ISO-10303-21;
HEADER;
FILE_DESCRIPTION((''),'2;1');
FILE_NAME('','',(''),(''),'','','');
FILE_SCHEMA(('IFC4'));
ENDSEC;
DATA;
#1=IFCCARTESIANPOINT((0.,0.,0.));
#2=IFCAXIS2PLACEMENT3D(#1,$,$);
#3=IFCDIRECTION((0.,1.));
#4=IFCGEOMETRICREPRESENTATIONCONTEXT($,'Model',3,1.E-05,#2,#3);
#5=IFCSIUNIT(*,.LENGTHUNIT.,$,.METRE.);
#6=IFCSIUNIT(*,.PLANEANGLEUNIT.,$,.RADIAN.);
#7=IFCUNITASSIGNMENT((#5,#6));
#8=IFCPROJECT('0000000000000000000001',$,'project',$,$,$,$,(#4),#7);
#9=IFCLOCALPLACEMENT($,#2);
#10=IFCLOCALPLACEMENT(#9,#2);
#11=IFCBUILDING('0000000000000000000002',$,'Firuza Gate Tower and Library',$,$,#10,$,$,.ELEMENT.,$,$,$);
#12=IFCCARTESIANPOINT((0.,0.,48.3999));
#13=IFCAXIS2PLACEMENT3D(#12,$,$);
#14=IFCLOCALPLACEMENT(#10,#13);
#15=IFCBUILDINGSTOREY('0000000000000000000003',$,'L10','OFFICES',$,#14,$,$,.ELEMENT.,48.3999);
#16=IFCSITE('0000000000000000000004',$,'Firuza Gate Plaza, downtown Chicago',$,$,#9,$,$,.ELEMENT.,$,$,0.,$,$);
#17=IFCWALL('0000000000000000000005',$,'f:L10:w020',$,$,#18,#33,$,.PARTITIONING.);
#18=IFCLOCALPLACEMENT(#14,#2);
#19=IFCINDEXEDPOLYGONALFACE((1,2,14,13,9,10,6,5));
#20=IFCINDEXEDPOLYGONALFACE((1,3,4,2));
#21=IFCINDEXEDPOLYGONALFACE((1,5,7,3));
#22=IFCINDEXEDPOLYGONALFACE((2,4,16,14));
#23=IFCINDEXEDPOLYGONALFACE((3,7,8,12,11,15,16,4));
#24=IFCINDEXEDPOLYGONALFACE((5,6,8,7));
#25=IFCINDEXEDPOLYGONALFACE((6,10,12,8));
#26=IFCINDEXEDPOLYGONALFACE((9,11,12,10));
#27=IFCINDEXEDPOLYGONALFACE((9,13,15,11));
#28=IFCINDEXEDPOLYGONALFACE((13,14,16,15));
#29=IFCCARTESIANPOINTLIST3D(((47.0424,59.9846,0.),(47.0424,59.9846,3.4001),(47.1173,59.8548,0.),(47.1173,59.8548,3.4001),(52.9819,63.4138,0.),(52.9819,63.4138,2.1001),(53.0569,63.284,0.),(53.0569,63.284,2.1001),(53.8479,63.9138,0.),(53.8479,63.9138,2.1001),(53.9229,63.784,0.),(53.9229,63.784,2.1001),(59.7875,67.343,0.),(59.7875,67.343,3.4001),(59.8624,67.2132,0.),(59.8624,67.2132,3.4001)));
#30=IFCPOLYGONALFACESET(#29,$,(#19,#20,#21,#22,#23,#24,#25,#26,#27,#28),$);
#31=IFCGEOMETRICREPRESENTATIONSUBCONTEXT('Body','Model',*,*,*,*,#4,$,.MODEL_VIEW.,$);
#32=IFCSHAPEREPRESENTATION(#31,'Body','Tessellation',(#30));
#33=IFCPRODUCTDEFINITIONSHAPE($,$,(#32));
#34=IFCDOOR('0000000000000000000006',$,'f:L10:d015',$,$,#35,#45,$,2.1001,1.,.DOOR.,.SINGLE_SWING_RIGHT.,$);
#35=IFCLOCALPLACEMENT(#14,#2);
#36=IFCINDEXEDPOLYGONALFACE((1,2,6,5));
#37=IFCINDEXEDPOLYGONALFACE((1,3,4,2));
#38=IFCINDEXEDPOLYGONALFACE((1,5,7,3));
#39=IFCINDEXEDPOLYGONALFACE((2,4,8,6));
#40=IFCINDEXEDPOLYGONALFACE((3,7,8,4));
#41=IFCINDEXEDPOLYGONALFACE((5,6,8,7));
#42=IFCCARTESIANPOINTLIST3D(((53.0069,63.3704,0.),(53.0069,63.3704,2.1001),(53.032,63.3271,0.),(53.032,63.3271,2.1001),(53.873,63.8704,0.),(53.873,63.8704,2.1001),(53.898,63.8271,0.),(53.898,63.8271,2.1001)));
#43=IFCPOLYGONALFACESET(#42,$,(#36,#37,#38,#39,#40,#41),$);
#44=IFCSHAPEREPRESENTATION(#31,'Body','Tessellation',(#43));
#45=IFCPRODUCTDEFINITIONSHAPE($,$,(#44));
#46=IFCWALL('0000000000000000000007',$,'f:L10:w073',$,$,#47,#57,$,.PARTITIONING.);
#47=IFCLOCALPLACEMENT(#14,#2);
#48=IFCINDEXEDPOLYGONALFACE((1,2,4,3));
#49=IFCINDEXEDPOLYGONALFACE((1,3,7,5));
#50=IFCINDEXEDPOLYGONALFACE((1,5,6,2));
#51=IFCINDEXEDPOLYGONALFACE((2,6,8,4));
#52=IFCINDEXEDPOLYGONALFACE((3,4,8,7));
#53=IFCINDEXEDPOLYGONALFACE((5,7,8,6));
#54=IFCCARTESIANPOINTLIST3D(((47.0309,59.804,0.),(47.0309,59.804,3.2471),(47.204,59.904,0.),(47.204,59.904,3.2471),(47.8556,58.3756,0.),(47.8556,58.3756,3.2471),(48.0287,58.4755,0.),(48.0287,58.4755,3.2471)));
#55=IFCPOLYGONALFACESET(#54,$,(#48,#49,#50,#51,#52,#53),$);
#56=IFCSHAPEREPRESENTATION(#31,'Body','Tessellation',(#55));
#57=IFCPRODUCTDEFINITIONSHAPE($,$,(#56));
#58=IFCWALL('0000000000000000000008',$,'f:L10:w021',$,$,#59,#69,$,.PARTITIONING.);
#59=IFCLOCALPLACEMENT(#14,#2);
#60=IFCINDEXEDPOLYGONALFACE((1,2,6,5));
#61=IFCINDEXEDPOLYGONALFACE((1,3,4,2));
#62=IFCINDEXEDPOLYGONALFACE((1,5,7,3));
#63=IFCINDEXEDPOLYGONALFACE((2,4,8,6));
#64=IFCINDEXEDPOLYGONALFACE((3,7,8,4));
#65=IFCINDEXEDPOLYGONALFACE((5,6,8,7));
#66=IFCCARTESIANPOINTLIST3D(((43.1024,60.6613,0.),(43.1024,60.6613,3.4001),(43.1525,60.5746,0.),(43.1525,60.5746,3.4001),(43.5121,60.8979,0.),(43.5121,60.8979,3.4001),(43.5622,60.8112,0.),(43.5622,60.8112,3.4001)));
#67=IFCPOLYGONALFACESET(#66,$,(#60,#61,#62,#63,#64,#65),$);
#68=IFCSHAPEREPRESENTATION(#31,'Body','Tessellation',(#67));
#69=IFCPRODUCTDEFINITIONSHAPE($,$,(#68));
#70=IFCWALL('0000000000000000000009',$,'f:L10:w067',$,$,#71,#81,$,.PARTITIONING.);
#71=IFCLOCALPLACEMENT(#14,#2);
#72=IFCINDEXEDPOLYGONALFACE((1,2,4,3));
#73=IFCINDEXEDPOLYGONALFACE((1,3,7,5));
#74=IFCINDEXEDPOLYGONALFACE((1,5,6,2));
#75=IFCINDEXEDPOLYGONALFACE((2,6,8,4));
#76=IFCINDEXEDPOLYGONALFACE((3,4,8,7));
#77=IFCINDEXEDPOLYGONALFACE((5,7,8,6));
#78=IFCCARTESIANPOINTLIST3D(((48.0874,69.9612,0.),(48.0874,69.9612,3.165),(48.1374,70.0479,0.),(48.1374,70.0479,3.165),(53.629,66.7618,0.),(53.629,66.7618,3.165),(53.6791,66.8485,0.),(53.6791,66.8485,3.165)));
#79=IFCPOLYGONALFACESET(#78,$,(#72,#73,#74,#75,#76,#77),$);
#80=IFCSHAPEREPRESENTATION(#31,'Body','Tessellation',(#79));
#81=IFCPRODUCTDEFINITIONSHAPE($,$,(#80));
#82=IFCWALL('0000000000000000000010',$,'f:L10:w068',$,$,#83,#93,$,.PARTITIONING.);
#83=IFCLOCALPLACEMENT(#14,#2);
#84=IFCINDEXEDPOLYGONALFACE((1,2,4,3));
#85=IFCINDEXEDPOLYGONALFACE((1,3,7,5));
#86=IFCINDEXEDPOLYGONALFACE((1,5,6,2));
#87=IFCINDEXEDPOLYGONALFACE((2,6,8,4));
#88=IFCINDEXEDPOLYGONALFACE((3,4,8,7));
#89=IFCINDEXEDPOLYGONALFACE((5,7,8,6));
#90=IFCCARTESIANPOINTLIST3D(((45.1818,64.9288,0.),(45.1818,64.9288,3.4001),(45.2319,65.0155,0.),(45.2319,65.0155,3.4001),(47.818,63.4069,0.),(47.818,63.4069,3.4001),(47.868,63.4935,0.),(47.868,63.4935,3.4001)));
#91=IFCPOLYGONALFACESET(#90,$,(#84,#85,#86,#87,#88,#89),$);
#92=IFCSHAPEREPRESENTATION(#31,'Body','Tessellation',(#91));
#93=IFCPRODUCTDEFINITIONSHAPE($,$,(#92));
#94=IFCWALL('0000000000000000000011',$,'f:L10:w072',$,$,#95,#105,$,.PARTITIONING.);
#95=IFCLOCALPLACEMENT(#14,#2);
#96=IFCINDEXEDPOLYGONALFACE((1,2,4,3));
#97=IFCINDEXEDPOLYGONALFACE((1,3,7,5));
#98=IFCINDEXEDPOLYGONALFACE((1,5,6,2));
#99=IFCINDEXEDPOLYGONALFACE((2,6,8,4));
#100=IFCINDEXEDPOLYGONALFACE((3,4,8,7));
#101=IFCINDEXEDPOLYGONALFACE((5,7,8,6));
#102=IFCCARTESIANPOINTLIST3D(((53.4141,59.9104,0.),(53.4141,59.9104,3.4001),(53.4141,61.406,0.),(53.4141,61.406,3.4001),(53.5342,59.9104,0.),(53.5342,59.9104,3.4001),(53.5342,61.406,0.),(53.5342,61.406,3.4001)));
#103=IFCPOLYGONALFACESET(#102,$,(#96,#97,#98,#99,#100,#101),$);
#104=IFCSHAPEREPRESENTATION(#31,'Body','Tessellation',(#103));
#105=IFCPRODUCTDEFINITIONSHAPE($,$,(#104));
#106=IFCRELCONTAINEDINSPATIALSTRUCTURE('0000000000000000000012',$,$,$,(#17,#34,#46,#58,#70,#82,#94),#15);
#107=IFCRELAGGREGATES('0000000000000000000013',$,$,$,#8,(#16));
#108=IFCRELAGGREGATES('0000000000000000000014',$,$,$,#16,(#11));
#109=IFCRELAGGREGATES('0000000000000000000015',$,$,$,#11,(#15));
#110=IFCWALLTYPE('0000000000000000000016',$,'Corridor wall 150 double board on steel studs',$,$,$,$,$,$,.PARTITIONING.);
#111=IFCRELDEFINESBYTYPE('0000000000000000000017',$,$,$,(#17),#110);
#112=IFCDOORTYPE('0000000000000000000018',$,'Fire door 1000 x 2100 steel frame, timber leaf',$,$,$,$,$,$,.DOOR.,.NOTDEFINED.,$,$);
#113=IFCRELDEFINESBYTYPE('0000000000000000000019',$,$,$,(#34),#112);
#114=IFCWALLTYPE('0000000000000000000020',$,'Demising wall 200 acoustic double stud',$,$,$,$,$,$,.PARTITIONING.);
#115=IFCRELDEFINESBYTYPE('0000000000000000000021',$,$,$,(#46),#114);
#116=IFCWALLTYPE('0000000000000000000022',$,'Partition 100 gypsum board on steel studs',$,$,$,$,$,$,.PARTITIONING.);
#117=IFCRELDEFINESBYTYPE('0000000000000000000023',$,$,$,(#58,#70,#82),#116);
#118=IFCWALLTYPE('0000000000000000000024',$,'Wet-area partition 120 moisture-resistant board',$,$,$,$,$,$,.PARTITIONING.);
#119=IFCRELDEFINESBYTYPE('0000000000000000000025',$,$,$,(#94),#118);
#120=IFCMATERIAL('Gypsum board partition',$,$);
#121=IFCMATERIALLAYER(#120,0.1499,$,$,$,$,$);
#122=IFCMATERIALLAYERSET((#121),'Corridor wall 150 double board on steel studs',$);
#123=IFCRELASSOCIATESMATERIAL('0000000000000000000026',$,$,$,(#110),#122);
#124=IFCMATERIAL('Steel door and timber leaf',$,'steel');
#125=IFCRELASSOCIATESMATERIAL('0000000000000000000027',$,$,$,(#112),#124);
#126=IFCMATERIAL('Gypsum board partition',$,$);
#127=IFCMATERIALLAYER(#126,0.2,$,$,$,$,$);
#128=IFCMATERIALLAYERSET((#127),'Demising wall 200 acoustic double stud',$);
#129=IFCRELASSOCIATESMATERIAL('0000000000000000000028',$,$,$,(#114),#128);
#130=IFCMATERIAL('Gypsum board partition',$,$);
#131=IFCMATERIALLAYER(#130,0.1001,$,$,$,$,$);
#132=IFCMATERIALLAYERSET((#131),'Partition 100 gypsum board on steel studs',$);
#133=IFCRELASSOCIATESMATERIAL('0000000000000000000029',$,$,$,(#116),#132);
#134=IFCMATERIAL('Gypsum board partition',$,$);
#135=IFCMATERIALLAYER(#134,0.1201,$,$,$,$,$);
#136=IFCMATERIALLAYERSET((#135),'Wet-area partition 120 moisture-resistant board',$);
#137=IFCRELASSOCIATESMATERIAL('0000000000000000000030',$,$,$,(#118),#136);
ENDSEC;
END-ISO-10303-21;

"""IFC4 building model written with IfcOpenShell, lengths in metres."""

from ifc_helpers import new_model, si_unit, direction, frame, frame_2d, origin, place, context, subcontext, project, spatial, rectangle, extrude, material, layer, layer_set, type_object, element, fill, save


model = new_model("IFC4")

# Units and contexts
model_context = context("Model", 3, precision=1e-05, world=origin(), true_north=direction((0.0, 1.0)))
body_context = subcontext(model_context, "Body", "Model", "MODEL_VIEW")
ifc_project = project(units=[si_unit("LENGTHUNIT", "METRE"), si_unit("PLANEANGLEUNIT", "RADIAN")], contexts=[model_context])

# Site, building, storey
site_placement = place(None, origin())
site = spatial("IfcSite", under=ifc_project, at=site_placement, Name="Firuza Gate Plaza, downtown Chicago", CompositionType="ELEMENT", RefElevation=0.0)
building_placement = place(site_placement, origin())
building = spatial("IfcBuilding", under=site, at=building_placement, Name="Firuza Gate Tower and Library", CompositionType="ELEMENT")
storey_placement = place(building_placement, frame((0.0, 0.0, 48.3999)))
storey = spatial("IfcBuildingStorey", under=building, at=storey_placement, Name="L10", Description="OFFICES", CompositionType="ELEMENT", Elevation=48.3999)

# Wall, opening, door
ifc_material_1 = material(Name="Gypsum board partition")
ifc_layer_1 = layer(ifc_material_1, 0.1499)
ifc_layer_set_1 = layer_set([ifc_layer_1], Name="Corridor wall 150 double board on steel studs")
wall_type_1 = type_object("IfcWallType", Name="Corridor wall 150 double board on steel studs", PredefinedType="PARTITIONING", material=ifc_layer_set_1)
wall_1_placement = place(storey_placement, frame((47.0798, 59.9197, 0.0), z_axis=(0.0, 0.0, 1.0), x_axis=(0.866025, 0.5, 0.0)))
wall_1 = element("IfcWall", 1, at=wall_1_placement, inside=storey, type_object=wall_type_1, Name="f:L10:w020", PredefinedType="PARTITIONING", context=body_context, shape_type="SweptSolid", body=[
    extrude(rectangle(XDim=14.7168, YDim=0.1499, at=frame_2d((7.3584, 0.0))), origin(), (0.0, 0.0, 1.0), 3.4001),
])
opening_placement = place(wall_1_placement, frame((6.8584, 0.0, 0.0)))
opening = element("IfcOpeningElement", 2, at=opening_placement, cuts=wall_1, PredefinedType="OPENING", context=body_context, shape_type="SweptSolid", body=[
    extrude(rectangle(XDim=1.0, YDim=2.1001, at=frame_2d((0.5, 1.05))), frame((0.0, 0.085, 0.0), z_axis=(0.0, -1.0, 0.0), x_axis=(1.0, 0.0, 0.0)), (0.0, 0.0, 1.0), 0.1699),
])
ifc_material_2 = material(Name="Steel door and timber leaf", Category="steel")
door_type = type_object("IfcDoorType", Name="Fire door 1000 x 2100 steel frame, timber leaf", OperationType="NOTDEFINED", PredefinedType="DOOR", material=ifc_material_2)
door_placement = place(opening_placement, origin())
door = element("IfcDoor", 3, at=door_placement, inside=storey, type_object=door_type, Name="f:L10:d015", OperationType="SINGLE_SWING_RIGHT", OverallHeight=2.1001, OverallWidth=1.0, PredefinedType="DOOR", context=body_context, shape_type="SweptSolid", body=[
    extrude(rectangle(XDim=1.0, YDim=2.1001, at=frame_2d((0.5, 1.05))), frame((0.0, 0.0249, 0.0), z_axis=(0.0, -1.0, 0.0), x_axis=(1.0, 0.0, 0.0)), (0.0, 0.0, 1.0), 0.05),
])
fill(opening, door)

# Walls
ifc_material_3 = material(Name="Gypsum board partition")
ifc_layer_2 = layer(ifc_material_3, 0.2)
ifc_layer_set_2 = layer_set([ifc_layer_2], Name="Demising wall 200 acoustic double stud")
wall_type_2 = type_object("IfcWallType", Name="Demising wall 200 acoustic double stud", PredefinedType="PARTITIONING", material=ifc_layer_set_2)
wall_2_placement = place(storey_placement, frame((47.9421, 58.4255, 0.0), z_axis=(0.0, 0.0, 1.0), x_axis=(-0.499992, 0.86603, 0.0)))
element("IfcWall", 4, at=wall_2_placement, inside=storey, type_object=wall_type_2, Name="f:L10:w073", PredefinedType="PARTITIONING", context=body_context, shape_type="SweptSolid", body=[
    extrude(rectangle(XDim=1.6494, YDim=0.2, at=frame_2d((0.8247, 0.0))), origin(), (0.0, 0.0, 1.0), 3.2471),
])
ifc_material_4 = material(Name="Gypsum board partition")
ifc_layer_3 = layer(ifc_material_4, 0.1001)
ifc_layer_set_3 = layer_set([ifc_layer_3], Name="Partition 100 gypsum board on steel studs")
wall_type_3 = type_object("IfcWallType", Name="Partition 100 gypsum board on steel studs", PredefinedType="PARTITIONING", material=ifc_layer_set_3)
wall_3_placement = place(storey_placement, frame((43.1274, 60.6179, 0.0), z_axis=(0.0, 0.0, 1.0), x_axis=(0.865979, 0.50008, 0.0)))
element("IfcWall", 5, at=wall_3_placement, inside=storey, type_object=wall_type_3, Name="f:L10:w021", PredefinedType="PARTITIONING", context=body_context, shape_type="SweptSolid", body=[
    extrude(rectangle(XDim=0.4731, YDim=0.1001, at=frame_2d((0.2366, 0.0))), origin(), (0.0, 0.0, 1.0), 3.4001),
])
wall_4_placement = place(storey_placement, frame((53.6541, 66.8052, 0.0), z_axis=(0.0, 0.0, 1.0), x_axis=(-0.86603, 0.499992, 0.0)))
element("IfcWall", 6, at=wall_4_placement, inside=storey, type_object=wall_type_3, Name="f:L10:w067", PredefinedType="PARTITIONING", context=body_context, shape_type="SweptSolid", body=[
    extrude(rectangle(XDim=6.3989, YDim=0.1001, at=frame_2d((3.1995, 0.0))), origin(), (0.0, 0.0, 1.0), 3.165),
])
wall_5_placement = place(storey_placement, frame((47.843, 63.4502, 0.0), z_axis=(0.0, 0.0, 1.0), x_axis=(-0.866033, 0.499986, 0.0)))
element("IfcWall", 7, at=wall_5_placement, inside=storey, type_object=wall_type_3, Name="f:L10:w068", PredefinedType="PARTITIONING", context=body_context, shape_type="SweptSolid", body=[
    extrude(rectangle(XDim=3.0439, YDim=0.1001, at=frame_2d((1.522, 0.0))), origin(), (0.0, 0.0, 1.0), 3.4001),
])
ifc_material_5 = material(Name="Gypsum board partition")
ifc_layer_4 = layer(ifc_material_5, 0.1201)
ifc_layer_set_4 = layer_set([ifc_layer_4], Name="Wet-area partition 120 moisture-resistant board")
wall_type_4 = type_object("IfcWallType", Name="Wet-area partition 120 moisture-resistant board", PredefinedType="PARTITIONING", material=ifc_layer_set_4)
wall_6_placement = place(storey_placement, frame((53.4741, 59.9104, 0.0), z_axis=(0.0, 0.0, 1.0), x_axis=(0.0, 1.0, 0.0)))
element("IfcWall", 8, at=wall_6_placement, inside=storey, type_object=wall_type_4, Name="f:L10:w072", PredefinedType="PARTITIONING", context=body_context, shape_type="SweptSolid", body=[
    extrude(rectangle(XDim=1.4956, YDim=0.1201, at=frame_2d((0.7478, 0.0))), origin(), (0.0, 0.0, 1.0), 3.4001),
])

save(model, "model.ifc")
